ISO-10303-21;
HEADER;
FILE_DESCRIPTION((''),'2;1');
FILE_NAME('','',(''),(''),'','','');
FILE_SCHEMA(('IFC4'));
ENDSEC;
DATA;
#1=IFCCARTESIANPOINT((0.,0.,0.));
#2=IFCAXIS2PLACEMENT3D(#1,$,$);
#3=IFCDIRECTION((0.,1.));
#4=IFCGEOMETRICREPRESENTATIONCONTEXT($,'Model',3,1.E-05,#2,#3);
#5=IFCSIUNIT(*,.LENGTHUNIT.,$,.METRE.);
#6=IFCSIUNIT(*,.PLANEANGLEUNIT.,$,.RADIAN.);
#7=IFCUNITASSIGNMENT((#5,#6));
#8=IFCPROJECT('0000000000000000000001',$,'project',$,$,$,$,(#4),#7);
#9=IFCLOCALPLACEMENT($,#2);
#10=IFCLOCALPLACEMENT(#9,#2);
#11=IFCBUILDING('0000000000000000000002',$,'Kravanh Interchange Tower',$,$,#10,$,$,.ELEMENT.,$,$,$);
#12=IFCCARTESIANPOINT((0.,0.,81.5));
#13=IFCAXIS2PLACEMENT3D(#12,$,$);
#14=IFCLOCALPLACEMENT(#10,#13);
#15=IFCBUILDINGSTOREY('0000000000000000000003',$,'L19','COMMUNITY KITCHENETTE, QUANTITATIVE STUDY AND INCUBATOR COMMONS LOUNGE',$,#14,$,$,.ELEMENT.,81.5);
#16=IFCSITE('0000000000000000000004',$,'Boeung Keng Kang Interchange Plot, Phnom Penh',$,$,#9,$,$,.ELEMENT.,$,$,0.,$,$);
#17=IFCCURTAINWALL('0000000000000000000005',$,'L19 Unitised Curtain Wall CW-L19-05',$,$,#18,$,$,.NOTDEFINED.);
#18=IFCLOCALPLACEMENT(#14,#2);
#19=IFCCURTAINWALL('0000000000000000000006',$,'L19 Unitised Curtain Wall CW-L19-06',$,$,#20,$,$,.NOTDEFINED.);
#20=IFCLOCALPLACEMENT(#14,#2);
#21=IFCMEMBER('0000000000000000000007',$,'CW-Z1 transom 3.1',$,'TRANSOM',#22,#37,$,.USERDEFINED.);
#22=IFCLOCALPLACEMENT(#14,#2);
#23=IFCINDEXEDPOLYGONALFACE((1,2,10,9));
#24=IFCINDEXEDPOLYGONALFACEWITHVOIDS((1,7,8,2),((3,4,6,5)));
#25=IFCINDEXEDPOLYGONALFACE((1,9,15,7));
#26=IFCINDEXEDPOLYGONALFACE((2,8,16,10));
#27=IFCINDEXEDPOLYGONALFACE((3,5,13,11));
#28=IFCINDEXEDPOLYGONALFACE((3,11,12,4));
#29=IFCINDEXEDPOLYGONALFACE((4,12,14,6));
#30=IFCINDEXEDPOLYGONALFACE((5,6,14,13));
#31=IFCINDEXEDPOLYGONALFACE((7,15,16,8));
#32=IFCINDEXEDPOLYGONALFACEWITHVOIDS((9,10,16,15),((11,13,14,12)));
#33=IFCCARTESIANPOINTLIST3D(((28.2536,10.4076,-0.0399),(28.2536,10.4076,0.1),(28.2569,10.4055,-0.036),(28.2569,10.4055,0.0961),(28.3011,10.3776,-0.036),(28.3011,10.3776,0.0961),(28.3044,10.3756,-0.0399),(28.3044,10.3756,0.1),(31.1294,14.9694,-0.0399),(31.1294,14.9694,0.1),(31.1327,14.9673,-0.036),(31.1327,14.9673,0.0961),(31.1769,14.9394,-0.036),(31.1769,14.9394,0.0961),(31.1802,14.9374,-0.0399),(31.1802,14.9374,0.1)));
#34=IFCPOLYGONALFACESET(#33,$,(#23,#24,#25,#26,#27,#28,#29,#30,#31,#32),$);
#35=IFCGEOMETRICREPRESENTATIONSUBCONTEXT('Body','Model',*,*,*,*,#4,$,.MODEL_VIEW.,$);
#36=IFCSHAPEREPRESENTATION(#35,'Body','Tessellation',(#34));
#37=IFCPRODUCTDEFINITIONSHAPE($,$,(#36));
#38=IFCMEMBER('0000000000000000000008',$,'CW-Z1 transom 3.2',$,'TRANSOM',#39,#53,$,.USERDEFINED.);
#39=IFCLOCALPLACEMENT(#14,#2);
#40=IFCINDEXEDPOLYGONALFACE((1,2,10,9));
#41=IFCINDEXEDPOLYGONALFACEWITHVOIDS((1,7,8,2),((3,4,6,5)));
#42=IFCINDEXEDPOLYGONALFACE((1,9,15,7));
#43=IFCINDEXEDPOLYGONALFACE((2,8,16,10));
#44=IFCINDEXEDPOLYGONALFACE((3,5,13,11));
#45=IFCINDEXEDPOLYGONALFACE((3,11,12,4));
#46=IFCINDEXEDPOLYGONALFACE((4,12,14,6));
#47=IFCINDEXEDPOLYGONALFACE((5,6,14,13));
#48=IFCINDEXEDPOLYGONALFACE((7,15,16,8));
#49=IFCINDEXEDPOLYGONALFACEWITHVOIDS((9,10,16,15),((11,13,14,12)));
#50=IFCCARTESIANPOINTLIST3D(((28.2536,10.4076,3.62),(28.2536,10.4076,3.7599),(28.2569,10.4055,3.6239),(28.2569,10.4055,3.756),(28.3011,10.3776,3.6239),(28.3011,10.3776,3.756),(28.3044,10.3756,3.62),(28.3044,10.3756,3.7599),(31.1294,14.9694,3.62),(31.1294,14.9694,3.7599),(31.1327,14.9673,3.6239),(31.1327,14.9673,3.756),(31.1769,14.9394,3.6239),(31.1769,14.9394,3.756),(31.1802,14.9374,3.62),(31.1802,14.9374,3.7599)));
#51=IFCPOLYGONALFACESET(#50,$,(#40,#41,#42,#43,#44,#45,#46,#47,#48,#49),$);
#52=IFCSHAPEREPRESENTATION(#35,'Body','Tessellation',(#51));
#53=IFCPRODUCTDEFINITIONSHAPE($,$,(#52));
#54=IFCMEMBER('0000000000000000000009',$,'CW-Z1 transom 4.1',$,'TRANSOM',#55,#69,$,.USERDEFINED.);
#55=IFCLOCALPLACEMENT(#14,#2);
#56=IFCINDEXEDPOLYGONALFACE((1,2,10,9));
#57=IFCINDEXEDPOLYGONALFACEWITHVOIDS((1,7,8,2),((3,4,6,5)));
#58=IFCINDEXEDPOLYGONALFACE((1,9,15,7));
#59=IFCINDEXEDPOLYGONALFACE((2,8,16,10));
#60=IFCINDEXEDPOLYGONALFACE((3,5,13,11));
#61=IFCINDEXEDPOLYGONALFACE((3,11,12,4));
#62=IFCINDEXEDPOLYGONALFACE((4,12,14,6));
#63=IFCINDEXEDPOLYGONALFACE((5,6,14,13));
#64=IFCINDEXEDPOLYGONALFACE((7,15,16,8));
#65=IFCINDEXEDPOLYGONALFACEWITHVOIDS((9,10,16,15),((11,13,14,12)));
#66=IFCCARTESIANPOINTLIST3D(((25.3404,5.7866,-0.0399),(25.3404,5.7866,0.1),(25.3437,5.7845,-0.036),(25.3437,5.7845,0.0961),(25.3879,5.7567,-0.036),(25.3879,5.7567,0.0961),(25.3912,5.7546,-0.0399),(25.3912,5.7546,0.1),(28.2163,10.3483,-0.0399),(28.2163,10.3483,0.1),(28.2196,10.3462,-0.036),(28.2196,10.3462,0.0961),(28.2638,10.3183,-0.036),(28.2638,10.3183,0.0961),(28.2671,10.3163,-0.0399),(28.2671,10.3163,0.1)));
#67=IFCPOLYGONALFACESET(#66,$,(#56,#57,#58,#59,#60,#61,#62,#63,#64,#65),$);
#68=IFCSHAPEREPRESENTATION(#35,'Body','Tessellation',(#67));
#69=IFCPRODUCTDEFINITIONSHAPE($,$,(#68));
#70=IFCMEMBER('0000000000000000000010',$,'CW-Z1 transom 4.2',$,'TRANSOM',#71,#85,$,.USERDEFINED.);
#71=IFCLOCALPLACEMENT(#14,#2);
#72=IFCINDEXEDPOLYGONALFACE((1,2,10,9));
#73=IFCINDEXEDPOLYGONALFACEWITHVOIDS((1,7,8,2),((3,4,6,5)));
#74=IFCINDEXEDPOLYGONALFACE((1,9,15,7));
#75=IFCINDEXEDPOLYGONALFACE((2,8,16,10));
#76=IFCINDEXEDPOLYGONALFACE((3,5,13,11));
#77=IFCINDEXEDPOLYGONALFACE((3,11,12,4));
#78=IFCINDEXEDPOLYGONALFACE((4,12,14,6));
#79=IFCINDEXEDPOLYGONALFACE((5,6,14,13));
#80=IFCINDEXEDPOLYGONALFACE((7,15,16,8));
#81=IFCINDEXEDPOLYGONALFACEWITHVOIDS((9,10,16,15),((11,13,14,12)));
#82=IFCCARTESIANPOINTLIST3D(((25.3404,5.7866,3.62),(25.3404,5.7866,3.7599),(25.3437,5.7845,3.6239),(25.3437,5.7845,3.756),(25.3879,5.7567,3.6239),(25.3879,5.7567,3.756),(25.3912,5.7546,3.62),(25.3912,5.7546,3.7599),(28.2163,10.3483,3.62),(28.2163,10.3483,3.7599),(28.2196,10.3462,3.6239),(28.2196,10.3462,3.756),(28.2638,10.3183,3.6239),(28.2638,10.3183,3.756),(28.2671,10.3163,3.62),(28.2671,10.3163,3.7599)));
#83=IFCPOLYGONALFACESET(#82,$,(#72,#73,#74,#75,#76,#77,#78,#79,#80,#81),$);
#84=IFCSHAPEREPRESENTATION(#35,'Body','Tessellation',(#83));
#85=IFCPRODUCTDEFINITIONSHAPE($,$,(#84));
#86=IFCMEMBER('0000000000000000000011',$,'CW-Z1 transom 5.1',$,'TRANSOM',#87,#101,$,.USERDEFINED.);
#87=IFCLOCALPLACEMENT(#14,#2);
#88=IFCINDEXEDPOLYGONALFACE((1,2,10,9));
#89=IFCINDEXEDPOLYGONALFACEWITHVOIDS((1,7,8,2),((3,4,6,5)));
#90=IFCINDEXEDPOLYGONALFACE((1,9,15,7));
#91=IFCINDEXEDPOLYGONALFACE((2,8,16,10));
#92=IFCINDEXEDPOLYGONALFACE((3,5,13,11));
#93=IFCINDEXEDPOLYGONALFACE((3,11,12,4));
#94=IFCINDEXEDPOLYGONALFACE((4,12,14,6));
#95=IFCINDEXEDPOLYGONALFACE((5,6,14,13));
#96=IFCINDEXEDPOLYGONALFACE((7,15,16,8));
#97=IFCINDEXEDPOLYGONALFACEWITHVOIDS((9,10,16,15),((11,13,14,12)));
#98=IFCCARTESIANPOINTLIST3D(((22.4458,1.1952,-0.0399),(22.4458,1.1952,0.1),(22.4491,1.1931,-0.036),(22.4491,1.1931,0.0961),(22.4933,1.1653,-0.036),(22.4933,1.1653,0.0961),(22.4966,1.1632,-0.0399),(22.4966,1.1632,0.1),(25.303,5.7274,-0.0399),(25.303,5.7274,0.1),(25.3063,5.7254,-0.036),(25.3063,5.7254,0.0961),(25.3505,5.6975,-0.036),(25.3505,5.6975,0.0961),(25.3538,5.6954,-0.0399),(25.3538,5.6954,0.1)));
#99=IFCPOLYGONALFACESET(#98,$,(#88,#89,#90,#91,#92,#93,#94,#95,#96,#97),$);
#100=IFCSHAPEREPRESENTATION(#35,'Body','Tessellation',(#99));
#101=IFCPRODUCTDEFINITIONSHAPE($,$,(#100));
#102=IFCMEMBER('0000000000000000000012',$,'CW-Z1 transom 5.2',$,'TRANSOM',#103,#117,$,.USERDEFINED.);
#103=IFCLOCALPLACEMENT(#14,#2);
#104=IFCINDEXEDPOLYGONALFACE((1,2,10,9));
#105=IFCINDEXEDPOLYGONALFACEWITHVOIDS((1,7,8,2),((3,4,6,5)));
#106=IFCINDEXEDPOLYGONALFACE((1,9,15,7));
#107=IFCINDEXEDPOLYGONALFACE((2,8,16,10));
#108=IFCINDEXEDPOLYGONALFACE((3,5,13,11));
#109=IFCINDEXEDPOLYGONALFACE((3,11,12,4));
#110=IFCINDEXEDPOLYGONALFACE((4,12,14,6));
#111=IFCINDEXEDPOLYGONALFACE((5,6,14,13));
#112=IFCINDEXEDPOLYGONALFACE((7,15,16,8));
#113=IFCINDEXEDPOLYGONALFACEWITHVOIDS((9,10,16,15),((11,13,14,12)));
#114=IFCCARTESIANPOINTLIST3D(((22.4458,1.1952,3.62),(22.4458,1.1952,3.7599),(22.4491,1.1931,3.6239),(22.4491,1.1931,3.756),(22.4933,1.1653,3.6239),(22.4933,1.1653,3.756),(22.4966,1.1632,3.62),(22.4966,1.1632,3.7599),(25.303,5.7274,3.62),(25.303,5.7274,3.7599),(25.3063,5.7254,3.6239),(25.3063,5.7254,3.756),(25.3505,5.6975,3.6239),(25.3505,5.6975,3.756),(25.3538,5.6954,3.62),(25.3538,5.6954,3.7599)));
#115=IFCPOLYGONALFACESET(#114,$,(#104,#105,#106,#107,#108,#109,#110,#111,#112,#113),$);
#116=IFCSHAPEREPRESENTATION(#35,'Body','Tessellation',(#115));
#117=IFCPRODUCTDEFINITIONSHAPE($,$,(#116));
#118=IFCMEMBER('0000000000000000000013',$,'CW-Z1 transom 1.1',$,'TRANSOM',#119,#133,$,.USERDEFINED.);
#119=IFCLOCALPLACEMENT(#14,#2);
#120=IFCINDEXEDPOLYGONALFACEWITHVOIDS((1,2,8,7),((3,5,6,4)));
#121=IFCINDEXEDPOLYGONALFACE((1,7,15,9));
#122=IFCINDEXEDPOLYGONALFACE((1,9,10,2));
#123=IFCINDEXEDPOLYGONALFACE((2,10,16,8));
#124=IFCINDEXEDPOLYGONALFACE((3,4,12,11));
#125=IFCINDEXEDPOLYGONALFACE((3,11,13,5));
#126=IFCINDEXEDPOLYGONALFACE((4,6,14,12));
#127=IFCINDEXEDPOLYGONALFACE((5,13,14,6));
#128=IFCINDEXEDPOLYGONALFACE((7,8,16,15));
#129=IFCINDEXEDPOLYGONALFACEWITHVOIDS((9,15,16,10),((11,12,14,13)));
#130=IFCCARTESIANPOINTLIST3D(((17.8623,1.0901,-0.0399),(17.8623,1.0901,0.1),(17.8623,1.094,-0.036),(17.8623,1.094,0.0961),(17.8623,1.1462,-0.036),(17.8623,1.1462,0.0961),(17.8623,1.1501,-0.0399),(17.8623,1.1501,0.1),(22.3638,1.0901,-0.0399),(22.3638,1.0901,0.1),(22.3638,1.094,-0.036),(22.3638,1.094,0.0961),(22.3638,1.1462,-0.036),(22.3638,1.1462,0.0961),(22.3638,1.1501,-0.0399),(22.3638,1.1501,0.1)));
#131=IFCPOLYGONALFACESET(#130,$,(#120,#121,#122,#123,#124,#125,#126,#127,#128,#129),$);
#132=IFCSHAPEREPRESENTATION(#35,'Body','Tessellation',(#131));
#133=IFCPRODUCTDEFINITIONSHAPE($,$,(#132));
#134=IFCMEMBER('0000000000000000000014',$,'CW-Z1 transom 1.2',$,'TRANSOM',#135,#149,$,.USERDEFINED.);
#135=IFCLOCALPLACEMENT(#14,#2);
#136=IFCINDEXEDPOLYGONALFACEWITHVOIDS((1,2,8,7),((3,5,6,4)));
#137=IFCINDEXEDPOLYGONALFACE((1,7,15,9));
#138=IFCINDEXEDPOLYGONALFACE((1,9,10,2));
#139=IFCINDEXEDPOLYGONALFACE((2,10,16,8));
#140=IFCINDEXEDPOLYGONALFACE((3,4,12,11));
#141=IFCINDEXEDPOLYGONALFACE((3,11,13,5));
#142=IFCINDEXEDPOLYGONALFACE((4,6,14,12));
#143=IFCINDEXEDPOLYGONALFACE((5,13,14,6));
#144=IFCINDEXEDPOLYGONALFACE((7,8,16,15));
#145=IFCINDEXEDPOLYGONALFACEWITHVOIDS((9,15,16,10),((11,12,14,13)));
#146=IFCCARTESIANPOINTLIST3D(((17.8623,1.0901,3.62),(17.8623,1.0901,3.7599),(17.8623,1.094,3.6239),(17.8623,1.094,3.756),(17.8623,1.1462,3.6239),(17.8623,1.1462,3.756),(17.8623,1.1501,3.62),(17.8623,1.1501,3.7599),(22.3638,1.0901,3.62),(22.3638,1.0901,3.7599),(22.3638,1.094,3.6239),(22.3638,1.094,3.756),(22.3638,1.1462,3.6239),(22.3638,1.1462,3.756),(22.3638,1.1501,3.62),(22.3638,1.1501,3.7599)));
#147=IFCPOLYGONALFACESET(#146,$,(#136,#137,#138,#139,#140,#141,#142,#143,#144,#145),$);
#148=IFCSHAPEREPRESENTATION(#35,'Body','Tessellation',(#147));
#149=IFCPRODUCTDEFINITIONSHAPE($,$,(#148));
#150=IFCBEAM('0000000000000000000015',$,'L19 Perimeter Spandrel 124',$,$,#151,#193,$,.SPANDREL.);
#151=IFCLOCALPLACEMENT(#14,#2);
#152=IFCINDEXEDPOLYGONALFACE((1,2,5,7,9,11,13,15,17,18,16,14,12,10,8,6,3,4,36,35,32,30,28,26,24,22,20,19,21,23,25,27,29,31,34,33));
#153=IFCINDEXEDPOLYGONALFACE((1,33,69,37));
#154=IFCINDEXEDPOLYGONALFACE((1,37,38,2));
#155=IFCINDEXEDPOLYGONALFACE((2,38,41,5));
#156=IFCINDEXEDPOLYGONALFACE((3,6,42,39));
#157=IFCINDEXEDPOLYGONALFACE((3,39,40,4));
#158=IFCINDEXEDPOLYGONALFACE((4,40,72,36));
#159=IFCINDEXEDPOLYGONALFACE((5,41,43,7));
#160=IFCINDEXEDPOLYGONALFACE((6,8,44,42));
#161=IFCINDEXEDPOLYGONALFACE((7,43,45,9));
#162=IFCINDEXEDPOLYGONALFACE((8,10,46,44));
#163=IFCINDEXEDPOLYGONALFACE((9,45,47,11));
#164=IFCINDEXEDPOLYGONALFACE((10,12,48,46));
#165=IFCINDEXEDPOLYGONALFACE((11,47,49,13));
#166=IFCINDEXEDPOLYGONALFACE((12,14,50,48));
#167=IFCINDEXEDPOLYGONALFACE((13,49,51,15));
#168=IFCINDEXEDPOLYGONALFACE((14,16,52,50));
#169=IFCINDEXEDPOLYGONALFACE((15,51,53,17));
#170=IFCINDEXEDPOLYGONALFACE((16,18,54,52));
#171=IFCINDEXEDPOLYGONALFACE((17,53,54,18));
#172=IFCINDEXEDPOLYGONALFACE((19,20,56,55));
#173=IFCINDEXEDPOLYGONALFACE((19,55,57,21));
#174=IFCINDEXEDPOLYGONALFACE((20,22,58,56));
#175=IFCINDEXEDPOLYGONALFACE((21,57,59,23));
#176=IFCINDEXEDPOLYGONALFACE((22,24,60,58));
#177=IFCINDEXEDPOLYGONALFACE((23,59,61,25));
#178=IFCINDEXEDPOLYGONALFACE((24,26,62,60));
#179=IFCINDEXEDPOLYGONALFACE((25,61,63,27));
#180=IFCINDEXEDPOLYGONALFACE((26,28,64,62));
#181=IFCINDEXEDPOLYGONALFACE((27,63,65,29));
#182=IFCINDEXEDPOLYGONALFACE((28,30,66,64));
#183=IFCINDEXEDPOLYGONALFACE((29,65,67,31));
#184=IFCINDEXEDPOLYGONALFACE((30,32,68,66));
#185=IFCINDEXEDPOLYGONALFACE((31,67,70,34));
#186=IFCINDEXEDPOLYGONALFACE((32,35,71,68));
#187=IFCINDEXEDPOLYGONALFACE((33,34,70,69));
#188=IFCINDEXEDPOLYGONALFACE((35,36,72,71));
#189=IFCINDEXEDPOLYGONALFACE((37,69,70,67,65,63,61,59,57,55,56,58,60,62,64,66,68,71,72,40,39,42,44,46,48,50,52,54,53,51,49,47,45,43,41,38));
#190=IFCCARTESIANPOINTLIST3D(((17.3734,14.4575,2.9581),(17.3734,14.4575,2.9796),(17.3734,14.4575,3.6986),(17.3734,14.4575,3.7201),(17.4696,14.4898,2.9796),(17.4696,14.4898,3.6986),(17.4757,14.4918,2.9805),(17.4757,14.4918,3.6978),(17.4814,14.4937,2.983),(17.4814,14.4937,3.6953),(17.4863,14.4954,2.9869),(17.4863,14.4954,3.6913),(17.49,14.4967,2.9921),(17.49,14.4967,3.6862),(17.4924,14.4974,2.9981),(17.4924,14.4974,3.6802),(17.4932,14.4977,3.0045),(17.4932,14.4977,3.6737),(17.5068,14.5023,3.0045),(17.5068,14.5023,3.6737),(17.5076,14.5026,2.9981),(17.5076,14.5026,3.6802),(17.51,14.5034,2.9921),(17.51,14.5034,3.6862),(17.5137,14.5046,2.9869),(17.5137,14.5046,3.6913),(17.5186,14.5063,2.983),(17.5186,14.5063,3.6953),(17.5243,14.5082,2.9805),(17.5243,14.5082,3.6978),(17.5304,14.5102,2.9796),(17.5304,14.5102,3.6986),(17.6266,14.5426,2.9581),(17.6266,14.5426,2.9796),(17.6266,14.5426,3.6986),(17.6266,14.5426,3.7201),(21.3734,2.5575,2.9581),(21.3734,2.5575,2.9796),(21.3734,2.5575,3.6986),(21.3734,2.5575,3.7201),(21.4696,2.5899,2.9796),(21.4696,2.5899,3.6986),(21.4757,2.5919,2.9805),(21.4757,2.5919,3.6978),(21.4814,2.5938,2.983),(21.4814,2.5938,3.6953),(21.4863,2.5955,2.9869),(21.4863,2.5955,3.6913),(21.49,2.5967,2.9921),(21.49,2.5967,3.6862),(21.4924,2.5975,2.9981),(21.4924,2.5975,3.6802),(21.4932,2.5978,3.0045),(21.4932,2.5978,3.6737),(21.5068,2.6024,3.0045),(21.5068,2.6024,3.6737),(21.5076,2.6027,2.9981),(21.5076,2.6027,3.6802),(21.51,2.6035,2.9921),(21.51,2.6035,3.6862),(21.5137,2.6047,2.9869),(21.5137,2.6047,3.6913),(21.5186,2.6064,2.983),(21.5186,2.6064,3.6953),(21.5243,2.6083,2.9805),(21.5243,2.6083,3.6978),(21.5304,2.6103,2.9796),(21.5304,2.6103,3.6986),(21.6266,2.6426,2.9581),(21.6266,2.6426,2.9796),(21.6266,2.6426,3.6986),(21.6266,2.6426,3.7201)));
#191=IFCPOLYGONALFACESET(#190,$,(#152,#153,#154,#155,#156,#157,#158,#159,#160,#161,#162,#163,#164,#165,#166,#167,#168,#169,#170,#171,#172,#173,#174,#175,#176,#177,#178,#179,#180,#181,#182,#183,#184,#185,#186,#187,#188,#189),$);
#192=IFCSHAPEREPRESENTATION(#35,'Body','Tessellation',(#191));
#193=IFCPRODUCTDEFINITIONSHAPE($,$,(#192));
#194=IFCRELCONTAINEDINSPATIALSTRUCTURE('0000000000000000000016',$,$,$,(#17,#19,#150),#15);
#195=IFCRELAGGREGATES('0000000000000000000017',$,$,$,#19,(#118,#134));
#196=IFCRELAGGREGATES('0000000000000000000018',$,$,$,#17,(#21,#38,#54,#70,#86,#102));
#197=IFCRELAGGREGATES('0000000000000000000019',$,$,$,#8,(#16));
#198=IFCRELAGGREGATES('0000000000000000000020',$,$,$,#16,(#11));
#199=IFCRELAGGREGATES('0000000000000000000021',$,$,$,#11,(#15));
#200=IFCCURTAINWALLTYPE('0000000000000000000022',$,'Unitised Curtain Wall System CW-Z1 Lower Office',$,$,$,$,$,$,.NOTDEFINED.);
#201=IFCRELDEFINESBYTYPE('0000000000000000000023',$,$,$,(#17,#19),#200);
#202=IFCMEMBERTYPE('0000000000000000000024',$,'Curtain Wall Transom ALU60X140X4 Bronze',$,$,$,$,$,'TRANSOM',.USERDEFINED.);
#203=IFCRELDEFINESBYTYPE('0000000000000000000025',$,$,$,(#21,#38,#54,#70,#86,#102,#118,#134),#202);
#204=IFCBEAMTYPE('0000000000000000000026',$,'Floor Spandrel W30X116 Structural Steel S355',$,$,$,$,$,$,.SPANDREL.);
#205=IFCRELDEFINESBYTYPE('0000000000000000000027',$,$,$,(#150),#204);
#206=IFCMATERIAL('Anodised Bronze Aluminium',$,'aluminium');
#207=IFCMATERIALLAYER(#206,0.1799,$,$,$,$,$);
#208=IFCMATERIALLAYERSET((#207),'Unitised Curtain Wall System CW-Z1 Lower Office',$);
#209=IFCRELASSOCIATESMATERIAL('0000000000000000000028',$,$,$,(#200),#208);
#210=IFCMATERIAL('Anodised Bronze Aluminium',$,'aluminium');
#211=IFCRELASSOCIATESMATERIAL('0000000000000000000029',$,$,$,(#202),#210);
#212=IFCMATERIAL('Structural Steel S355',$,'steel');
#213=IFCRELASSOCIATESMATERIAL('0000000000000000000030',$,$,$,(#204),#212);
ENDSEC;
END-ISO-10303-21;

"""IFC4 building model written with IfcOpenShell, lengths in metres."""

from ifc_helpers import new_model, si_unit, direction, frame, origin, origin_2d, place, context, subcontext, project, spatial, hollow_rectangle, i_section, extrude, material, layer, layer_set, material_profile, profile_set, type_object, element, aggregate, save


model = new_model("IFC4")

# Units and contexts
model_context = context("Model", 3, precision=1e-05, world=origin(), true_north=direction((0.0, 1.0)))
body_context = subcontext(model_context, "Body", "Model", "MODEL_VIEW")
ifc_project = project(units=[si_unit("LENGTHUNIT", "METRE"), si_unit("PLANEANGLEUNIT", "RADIAN")], contexts=[model_context])

# Site, building, storey
site_placement = place(None, origin())
site = spatial("IfcSite", under=ifc_project, at=site_placement, Name="Boeung Keng Kang Interchange Plot, Phnom Penh", CompositionType="ELEMENT", RefElevation=0.0)
building_placement = place(site_placement, origin())
building = spatial("IfcBuilding", under=site, at=building_placement, Name="Kravanh Interchange Tower", CompositionType="ELEMENT")
storey_placement = place(building_placement, frame((0.0, 0.0, 81.5)))
storey = spatial("IfcBuildingStorey", under=building, at=storey_placement, Name="L19", Description="COMMUNITY KITCHENETTE, QUANTITATIVE STUDY AND INCUBATOR COMMONS LOUNGE", CompositionType="ELEMENT", Elevation=81.5)

# Curtain wall
ifc_material_1 = material(Name="Anodised Bronze Aluminium", Category="aluminium")
ifc_layer_1 = layer(ifc_material_1, 0.1799)
ifc_layer_set_1 = layer_set([ifc_layer_1], Name="Unitised Curtain Wall System CW-Z1 Lower Office")
curtain_wall_type = type_object("IfcCurtainWallType", Name="Unitised Curtain Wall System CW-Z1 Lower Office", PredefinedType="NOTDEFINED", material=ifc_layer_set_1)
curtain_wall_1_placement = place(storey_placement, origin())
curtain_wall_1 = element("IfcCurtainWall", 1, at=curtain_wall_1_placement, inside=storey, type_object=curtain_wall_type, Name="L19 Unitised Curtain Wall CW-L19-05", PredefinedType="NOTDEFINED")

# Curtain wall
curtain_wall_2_placement = place(storey_placement, origin())
curtain_wall_2 = element("IfcCurtainWall", 2, at=curtain_wall_2_placement, inside=storey, type_object=curtain_wall_type, Name="L19 Unitised Curtain Wall CW-L19-06", PredefinedType="NOTDEFINED")

# Members
ifc_material_2 = material(Name="Anodised Bronze Aluminium", Category="aluminium")
ifc_material_profile_1 = material_profile(ifc_material_2, hollow_rectangle(XDim=0.0601, YDim=0.1399, WallThickness=0.0039, at=origin_2d()), Name="ALU60X140X4")
ifc_profile_set_1 = profile_set([ifc_material_profile_1], Name="Anodised Bronze Aluminium")
member_type_1 = type_object("IfcMemberType", Name="Curtain Wall Transom ALU60X140X4 Bronze", ElementType="TRANSOM", PredefinedType="USERDEFINED", material=ifc_profile_set_1)
member_1_placement = place(storey_placement, frame((31.1548, 14.9534, 0.03), z_axis=(-0.533279, -0.845939, 0.0), x_axis=(0.845939, -0.533279, 0.0)))
member_1 = element("IfcMember", 3, at=member_1_placement, type_object=member_type_1, Name="CW-Z1 transom 3.1", ObjectType="TRANSOM", PredefinedType="USERDEFINED", context=body_context, shape_type="SweptSolid", body=[
    extrude(hollow_rectangle(XDim=0.0601, YDim=0.1399, WallThickness=0.0039, at=origin_2d()), origin(), (0.0, 0.0, 1.0), 5.3926),
])
member_2_placement = place(storey_placement, frame((31.1548, 14.9534, 3.6899), z_axis=(-0.533279, -0.845939, 0.0), x_axis=(0.845939, -0.533279, 0.0)))
member_2 = element("IfcMember", 4, at=member_2_placement, type_object=member_type_1, Name="CW-Z1 transom 3.2", ObjectType="TRANSOM", PredefinedType="USERDEFINED", context=body_context, shape_type="SweptSolid", body=[
    extrude(hollow_rectangle(XDim=0.0601, YDim=0.1399, WallThickness=0.0039, at=origin_2d()), origin(), (0.0, 0.0, 1.0), 5.3926),
])
member_3_placement = place(storey_placement, frame((28.2417, 10.3323, 0.03), z_axis=(-0.533311, -0.845919, 0.0), x_axis=(0.845919, -0.533311, 0.0)))
member_3 = element("IfcMember", 5, at=member_3_placement, type_object=member_type_1, Name="CW-Z1 transom 4.1", ObjectType="TRANSOM", PredefinedType="USERDEFINED", context=body_context, shape_type="SweptSolid", body=[
    extrude(hollow_rectangle(XDim=0.0601, YDim=0.1399, WallThickness=0.0039, at=origin_2d()), origin(), (0.0, 0.0, 1.0), 5.3926),
])
member_4_placement = place(storey_placement, frame((28.2417, 10.3323, 3.6899), z_axis=(-0.533311, -0.845919, 0.0), x_axis=(0.845919, -0.533311, 0.0)))
member_4 = element("IfcMember", 6, at=member_4_placement, type_object=member_type_1, Name="CW-Z1 transom 4.2", ObjectType="TRANSOM", PredefinedType="USERDEFINED", context=body_context, shape_type="SweptSolid", body=[
    extrude(hollow_rectangle(XDim=0.0601, YDim=0.1399, WallThickness=0.0039, at=origin_2d()), origin(), (0.0, 0.0, 1.0), 5.3926),
])
member_5_placement = place(storey_placement, frame((25.3284, 5.7114, 0.03), z_axis=(-0.533288, -0.845934, 0.0), x_axis=(0.845934, -0.533288, 0.0)))
member_5 = element("IfcMember", 7, at=member_5_placement, type_object=member_type_1, Name="CW-Z1 transom 5.1", ObjectType="TRANSOM", PredefinedType="USERDEFINED", context=body_context, shape_type="SweptSolid", body=[
    extrude(hollow_rectangle(XDim=0.0601, YDim=0.1399, WallThickness=0.0039, at=origin_2d()), origin(), (0.0, 0.0, 1.0), 5.3577),
])
member_6_placement = place(storey_placement, frame((25.3284, 5.7114, 3.6899), z_axis=(-0.533288, -0.845934, 0.0), x_axis=(0.845934, -0.533288, 0.0)))
member_6 = element("IfcMember", 8, at=member_6_placement, type_object=member_type_1, Name="CW-Z1 transom 5.2", ObjectType="TRANSOM", PredefinedType="USERDEFINED", context=body_context, shape_type="SweptSolid", body=[
    extrude(hollow_rectangle(XDim=0.0601, YDim=0.1399, WallThickness=0.0039, at=origin_2d()), origin(), (0.0, 0.0, 1.0), 5.3577),
])
member_7_placement = place(storey_placement, frame((22.3638, 1.1201, 0.03), z_axis=(-1.0, 0.0, 0.0), x_axis=(0.0, -1.0, 0.0)))
member_7 = element("IfcMember", 9, at=member_7_placement, type_object=member_type_1, Name="CW-Z1 transom 1.1", ObjectType="TRANSOM", PredefinedType="USERDEFINED", context=body_context, shape_type="SweptSolid", body=[
    extrude(hollow_rectangle(XDim=0.0601, YDim=0.1399, WallThickness=0.0039, at=origin_2d()), origin(), (0.0, 0.0, 1.0), 4.5015),
])
member_8_placement = place(storey_placement, frame((22.3638, 1.1201, 3.6899), z_axis=(-1.0, 0.0, 0.0), x_axis=(0.0, -1.0, 0.0)))
member_8 = element("IfcMember", 10, at=member_8_placement, type_object=member_type_1, Name="CW-Z1 transom 1.2", ObjectType="TRANSOM", PredefinedType="USERDEFINED", context=body_context, shape_type="SweptSolid", body=[
    extrude(hollow_rectangle(XDim=0.0601, YDim=0.1399, WallThickness=0.0039, at=origin_2d()), origin(), (0.0, 0.0, 1.0), 4.5015),
])
aggregate(curtain_wall_2, [member_7, member_8])

# Beam
ifc_material_3 = material(Name="Structural Steel S355", Category="steel")
ifc_material_profile_2 = material_profile(ifc_material_3, i_section(OverallWidth=0.2671, OverallDepth=0.762, WebThickness=0.0144, FlangeThickness=0.0215, FilletRadius=0.0249, at=origin_2d()), Name="W30X116")
ifc_profile_set_2 = profile_set([ifc_material_profile_2], Name="Structural Steel S355")
beam_type = type_object("IfcBeamType", Name="Floor Spandrel W30X116 Structural Steel S355", PredefinedType="SPANDREL", material=ifc_profile_set_2)
beam_1_placement = place(storey_placement, frame((21.5, 2.6001, 3.3391), z_axis=(-0.318619, 0.947883, 0.0), x_axis=(-0.947883, -0.318619, 0.0)))
element("IfcBeam", 11, at=beam_1_placement, inside=storey, type_object=beam_type, Name="L19 Perimeter Spandrel 124", PredefinedType="SPANDREL", context=body_context, shape_type="SweptSolid", body=[
    extrude(i_section(OverallWidth=0.2671, OverallDepth=0.762, WebThickness=0.0144, FlangeThickness=0.0215, FilletRadius=0.0249, at=origin_2d()), origin(), (0.0, 0.0, 1.0), 12.5542),
])

aggregate(curtain_wall_1, [member_1, member_2, member_3, member_4, member_5, member_6])

save(model, "model.ifc")
